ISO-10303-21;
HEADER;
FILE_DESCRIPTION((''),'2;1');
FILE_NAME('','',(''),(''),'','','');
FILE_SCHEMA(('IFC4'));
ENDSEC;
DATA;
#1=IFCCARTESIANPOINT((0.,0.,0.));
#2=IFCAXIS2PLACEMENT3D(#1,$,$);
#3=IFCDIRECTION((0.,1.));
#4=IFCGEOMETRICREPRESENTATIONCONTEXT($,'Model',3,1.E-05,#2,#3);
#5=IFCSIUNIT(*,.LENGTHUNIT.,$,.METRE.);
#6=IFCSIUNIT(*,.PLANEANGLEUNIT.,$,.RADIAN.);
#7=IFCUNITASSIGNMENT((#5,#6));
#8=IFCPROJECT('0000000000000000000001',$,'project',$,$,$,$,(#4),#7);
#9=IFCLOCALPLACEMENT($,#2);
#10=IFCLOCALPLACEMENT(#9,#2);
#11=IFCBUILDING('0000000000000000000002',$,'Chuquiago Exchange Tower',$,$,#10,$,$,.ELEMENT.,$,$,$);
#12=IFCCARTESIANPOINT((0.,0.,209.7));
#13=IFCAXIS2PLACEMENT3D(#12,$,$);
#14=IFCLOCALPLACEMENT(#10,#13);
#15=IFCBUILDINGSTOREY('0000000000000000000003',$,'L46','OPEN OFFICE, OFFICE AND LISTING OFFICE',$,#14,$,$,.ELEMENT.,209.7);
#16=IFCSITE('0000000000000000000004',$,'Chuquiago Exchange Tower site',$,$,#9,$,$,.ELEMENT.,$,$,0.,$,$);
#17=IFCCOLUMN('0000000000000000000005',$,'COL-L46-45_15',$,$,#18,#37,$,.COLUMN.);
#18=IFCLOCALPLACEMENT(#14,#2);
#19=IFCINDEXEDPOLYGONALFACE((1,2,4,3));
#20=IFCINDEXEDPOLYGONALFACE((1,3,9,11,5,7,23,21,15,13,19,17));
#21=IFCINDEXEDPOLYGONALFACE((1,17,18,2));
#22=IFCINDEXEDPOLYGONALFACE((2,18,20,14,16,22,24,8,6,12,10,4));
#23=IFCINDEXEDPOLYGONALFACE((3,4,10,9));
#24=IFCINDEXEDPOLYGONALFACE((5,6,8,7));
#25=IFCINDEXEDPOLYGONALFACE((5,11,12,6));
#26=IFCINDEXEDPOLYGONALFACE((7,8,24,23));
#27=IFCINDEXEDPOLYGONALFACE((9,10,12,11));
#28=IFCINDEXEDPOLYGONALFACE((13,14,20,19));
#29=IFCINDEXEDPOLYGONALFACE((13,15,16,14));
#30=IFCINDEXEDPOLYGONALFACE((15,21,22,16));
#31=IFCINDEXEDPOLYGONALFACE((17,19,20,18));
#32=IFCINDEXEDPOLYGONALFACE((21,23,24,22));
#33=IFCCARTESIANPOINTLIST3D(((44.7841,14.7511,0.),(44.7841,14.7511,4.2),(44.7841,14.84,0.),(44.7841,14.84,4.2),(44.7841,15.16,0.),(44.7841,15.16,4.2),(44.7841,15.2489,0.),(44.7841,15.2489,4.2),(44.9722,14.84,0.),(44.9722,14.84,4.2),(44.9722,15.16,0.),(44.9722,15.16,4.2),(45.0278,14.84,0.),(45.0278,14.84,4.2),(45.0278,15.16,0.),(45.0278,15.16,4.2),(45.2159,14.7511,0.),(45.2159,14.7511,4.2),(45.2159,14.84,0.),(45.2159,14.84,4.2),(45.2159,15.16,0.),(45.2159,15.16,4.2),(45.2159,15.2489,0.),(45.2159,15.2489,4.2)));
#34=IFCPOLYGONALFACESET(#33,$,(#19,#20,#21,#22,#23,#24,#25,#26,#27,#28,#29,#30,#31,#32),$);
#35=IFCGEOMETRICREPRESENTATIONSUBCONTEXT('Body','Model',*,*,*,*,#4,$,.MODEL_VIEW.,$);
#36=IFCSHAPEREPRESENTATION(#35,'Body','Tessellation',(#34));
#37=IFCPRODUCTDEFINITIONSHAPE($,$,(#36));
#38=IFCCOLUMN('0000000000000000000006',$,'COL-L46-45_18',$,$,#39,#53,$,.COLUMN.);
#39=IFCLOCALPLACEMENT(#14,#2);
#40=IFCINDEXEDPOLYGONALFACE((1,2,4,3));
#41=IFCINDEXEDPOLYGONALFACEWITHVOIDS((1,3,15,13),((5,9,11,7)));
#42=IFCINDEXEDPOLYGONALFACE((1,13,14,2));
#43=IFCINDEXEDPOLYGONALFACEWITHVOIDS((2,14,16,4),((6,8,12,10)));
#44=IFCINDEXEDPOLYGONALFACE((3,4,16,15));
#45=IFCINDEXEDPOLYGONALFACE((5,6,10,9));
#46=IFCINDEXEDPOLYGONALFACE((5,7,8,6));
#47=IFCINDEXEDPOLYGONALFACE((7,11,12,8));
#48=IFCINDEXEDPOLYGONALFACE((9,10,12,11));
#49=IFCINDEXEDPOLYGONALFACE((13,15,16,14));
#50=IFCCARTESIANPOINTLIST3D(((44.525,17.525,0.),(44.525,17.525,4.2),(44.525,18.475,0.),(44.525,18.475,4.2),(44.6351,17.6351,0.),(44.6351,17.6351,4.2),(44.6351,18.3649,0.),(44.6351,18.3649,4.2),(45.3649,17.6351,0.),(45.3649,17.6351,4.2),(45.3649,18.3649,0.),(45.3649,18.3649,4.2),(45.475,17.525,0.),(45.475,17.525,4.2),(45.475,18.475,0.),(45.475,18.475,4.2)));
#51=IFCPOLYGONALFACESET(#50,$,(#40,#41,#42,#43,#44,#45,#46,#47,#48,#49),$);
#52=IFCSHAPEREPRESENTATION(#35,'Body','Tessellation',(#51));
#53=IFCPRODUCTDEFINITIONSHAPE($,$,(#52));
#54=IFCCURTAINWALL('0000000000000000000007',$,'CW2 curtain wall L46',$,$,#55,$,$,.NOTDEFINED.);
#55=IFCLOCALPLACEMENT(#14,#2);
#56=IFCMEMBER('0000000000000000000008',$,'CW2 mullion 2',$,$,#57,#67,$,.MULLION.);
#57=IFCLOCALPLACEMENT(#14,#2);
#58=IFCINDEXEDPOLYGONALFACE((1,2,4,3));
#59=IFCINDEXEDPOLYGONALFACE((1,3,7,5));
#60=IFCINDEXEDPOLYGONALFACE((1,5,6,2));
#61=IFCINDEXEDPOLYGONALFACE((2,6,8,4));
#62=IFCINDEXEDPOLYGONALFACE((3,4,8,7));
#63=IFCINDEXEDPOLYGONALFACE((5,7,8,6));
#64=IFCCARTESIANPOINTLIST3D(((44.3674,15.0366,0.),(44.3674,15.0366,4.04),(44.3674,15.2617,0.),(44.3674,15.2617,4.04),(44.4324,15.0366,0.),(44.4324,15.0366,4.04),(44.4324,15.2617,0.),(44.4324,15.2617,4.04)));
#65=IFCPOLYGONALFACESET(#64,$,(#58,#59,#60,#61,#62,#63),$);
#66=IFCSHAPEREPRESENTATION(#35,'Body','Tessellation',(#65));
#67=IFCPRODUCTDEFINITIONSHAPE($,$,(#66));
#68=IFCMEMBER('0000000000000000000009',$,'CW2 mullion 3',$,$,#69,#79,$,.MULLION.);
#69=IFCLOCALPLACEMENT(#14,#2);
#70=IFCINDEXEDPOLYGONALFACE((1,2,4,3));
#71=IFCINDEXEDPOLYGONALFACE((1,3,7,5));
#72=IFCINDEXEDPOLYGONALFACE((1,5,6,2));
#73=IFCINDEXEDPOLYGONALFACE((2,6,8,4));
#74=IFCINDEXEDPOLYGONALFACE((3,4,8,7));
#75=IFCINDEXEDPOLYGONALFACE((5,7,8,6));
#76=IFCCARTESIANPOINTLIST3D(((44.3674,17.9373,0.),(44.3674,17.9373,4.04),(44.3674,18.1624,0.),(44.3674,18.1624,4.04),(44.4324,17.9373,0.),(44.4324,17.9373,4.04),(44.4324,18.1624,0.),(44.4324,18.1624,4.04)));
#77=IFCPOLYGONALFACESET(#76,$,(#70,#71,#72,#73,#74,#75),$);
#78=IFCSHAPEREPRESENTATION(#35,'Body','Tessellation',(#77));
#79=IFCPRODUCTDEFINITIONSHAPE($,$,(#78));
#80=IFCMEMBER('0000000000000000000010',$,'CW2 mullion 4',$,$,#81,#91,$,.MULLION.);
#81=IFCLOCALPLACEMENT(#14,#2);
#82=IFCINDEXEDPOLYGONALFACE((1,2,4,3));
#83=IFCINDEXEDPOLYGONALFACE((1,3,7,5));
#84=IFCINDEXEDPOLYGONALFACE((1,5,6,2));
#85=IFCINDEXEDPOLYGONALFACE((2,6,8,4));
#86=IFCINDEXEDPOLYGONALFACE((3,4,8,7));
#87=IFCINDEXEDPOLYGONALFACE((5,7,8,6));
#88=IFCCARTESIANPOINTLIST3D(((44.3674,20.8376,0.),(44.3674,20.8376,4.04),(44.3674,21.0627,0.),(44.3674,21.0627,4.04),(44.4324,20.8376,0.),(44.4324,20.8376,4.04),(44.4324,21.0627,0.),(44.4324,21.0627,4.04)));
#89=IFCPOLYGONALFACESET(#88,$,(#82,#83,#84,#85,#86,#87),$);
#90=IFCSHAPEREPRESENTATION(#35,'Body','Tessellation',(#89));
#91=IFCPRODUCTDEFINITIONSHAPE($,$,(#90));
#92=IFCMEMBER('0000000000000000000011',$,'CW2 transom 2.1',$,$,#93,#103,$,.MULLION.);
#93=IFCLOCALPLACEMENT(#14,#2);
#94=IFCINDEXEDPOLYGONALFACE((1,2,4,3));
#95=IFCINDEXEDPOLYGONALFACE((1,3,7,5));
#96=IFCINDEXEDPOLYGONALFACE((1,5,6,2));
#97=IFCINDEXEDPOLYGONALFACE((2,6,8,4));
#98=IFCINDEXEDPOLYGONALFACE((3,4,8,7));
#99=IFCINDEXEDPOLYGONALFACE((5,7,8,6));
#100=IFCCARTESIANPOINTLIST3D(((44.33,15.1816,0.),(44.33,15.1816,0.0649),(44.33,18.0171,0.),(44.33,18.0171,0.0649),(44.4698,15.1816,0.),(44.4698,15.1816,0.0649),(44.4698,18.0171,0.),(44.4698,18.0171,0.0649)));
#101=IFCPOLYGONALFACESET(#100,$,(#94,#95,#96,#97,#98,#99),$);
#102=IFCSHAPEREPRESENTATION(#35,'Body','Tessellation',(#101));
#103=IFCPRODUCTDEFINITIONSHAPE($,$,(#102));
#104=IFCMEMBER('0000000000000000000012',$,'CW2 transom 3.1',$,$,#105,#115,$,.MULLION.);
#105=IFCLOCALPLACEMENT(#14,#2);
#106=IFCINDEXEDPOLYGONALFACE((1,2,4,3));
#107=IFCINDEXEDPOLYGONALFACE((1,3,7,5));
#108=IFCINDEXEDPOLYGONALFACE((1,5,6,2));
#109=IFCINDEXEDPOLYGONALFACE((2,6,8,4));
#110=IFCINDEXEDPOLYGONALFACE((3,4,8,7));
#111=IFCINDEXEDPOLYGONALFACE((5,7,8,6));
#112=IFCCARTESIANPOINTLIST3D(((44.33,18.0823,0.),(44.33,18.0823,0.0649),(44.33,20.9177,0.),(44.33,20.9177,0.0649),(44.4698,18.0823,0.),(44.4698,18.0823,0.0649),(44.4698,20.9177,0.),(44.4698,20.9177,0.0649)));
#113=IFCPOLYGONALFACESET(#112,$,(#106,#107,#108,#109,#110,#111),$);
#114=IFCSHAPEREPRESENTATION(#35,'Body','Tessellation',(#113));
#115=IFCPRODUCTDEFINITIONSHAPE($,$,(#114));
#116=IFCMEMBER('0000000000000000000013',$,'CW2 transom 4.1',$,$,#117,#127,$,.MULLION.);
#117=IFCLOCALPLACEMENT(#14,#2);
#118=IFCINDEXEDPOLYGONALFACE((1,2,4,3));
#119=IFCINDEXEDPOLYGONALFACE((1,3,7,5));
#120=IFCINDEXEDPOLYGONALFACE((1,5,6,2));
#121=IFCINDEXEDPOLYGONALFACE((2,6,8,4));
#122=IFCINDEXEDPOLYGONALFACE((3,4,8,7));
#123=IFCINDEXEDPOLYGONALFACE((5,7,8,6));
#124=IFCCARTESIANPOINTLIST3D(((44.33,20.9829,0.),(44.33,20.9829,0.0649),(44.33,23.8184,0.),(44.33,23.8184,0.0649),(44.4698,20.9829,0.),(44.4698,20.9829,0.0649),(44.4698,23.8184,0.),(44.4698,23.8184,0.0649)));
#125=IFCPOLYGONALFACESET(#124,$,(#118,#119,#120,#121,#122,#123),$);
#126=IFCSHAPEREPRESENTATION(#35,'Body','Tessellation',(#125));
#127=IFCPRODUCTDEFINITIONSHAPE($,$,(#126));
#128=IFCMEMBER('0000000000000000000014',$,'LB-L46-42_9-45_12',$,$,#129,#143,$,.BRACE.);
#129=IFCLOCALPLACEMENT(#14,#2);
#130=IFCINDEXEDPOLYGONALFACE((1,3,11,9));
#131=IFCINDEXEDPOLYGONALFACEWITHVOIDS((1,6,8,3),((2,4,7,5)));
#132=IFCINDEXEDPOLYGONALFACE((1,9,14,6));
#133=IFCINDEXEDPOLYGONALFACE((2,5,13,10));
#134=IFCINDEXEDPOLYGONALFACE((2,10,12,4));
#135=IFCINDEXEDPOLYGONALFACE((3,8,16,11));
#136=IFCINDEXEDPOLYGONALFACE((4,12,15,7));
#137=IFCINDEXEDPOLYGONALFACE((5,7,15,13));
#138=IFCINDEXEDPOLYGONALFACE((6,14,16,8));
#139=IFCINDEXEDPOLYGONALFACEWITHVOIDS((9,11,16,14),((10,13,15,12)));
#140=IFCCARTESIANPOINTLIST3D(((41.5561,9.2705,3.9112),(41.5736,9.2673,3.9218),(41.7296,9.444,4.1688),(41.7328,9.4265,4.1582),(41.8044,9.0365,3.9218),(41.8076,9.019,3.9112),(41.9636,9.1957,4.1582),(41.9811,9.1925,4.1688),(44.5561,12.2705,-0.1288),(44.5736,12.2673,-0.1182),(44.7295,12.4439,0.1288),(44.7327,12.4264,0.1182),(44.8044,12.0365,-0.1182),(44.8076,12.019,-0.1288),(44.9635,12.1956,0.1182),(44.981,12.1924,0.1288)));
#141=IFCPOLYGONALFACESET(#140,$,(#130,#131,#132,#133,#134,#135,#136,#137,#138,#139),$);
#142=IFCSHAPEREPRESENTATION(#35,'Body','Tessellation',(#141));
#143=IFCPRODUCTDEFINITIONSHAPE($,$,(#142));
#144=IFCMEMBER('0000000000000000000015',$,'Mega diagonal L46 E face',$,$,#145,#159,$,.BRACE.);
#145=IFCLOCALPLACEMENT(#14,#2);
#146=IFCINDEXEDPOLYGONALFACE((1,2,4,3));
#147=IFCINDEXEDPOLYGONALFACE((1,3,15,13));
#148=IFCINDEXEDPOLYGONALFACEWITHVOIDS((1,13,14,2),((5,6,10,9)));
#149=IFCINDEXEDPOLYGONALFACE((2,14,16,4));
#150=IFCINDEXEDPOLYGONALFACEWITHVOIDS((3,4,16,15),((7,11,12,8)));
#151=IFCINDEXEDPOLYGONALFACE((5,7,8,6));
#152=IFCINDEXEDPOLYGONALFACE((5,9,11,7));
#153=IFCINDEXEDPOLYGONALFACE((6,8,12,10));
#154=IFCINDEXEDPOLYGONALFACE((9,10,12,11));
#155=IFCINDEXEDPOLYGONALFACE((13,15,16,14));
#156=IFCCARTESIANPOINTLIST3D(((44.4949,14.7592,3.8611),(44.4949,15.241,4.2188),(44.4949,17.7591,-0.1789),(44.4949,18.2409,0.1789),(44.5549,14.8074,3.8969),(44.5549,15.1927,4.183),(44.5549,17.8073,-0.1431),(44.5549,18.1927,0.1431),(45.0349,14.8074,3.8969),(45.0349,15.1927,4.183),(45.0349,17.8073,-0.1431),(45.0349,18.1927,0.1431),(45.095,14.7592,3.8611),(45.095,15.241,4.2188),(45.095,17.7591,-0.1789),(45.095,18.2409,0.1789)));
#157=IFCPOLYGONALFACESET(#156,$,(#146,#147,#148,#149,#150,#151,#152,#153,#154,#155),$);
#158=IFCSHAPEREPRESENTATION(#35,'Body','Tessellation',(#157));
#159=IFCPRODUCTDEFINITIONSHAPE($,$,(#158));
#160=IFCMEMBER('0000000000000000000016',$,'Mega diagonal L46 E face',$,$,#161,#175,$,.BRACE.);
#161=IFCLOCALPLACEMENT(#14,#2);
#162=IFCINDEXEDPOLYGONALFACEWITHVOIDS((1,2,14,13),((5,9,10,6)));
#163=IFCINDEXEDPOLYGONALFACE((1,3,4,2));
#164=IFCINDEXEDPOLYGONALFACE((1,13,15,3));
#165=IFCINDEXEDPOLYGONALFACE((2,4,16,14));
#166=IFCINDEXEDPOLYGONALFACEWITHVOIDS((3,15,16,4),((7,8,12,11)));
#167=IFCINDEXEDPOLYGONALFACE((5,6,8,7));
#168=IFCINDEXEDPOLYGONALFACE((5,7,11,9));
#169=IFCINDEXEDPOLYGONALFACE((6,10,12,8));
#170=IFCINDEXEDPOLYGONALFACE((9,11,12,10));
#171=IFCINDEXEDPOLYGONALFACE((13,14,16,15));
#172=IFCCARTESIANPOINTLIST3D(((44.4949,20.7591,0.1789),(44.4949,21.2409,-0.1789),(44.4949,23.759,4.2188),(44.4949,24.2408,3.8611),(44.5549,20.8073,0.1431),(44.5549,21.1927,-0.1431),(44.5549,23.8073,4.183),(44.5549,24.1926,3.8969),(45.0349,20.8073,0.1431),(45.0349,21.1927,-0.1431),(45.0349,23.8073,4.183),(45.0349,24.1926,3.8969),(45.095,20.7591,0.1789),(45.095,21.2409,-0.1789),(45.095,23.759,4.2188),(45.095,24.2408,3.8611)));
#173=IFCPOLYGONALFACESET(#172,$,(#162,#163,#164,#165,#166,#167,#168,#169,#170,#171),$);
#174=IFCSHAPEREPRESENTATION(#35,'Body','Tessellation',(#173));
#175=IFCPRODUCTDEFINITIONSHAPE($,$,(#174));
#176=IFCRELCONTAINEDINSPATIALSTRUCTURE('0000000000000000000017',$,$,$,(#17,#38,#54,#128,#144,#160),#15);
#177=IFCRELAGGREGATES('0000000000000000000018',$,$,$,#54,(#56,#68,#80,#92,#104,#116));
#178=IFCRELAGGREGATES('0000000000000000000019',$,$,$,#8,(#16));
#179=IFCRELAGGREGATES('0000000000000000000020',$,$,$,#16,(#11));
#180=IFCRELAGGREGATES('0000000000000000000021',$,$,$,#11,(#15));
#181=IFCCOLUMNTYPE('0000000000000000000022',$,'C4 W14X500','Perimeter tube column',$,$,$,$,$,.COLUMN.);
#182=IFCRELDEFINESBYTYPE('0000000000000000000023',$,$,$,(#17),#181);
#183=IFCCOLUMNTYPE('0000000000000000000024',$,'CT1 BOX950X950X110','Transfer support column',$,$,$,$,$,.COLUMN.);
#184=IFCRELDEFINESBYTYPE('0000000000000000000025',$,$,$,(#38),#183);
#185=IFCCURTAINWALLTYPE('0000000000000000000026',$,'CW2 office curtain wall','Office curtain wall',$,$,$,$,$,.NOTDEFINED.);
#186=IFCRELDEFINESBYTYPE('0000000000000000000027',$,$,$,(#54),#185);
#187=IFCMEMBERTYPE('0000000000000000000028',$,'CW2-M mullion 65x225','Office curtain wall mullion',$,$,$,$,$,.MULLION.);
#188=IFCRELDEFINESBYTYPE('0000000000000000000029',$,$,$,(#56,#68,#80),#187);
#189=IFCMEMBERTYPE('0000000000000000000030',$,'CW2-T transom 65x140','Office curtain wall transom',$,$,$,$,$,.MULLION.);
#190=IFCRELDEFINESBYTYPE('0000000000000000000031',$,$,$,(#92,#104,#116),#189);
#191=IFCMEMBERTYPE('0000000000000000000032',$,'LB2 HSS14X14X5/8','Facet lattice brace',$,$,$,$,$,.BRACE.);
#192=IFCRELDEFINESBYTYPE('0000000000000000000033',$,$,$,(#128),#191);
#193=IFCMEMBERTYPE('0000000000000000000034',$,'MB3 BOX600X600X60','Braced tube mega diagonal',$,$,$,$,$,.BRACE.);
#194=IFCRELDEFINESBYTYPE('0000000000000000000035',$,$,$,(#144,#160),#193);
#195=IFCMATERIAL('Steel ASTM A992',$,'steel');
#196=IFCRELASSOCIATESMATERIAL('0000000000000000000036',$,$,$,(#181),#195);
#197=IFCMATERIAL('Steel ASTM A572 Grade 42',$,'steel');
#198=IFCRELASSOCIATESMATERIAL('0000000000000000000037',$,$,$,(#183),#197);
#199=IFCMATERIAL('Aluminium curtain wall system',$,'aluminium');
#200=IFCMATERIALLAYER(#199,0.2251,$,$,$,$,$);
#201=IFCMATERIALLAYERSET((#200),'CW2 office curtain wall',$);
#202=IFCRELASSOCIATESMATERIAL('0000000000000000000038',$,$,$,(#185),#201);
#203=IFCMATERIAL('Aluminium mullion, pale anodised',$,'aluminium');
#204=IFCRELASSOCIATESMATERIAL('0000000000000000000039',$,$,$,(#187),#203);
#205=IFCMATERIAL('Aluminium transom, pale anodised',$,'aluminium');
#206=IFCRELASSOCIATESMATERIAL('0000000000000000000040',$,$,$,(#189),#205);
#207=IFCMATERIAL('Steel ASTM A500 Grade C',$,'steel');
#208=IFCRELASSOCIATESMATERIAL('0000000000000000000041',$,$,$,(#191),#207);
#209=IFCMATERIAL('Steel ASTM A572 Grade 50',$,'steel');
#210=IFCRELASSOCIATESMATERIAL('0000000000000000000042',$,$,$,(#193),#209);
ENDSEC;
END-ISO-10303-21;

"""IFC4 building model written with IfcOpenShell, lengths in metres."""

from ifc_helpers import new_model, si_unit, direction, frame, origin, origin_2d, place, context, subcontext, project, spatial, rectangle, hollow_rectangle, i_section, extrude, material, layer, layer_set, material_profile, profile_set, type_object, element, aggregate, save


model = new_model("IFC4")

# Units and contexts
model_context = context("Model", 3, precision=1e-05, world=origin(), true_north=direction((0.0, 1.0)))
body_context = subcontext(model_context, "Body", "Model", "MODEL_VIEW")
ifc_project = project(units=[si_unit("LENGTHUNIT", "METRE"), si_unit("PLANEANGLEUNIT", "RADIAN")], contexts=[model_context])

# Site, building, storey
site_placement = place(None, origin())
site = spatial("IfcSite", under=ifc_project, at=site_placement, Name="Chuquiago Exchange Tower site", CompositionType="ELEMENT", RefElevation=0.0)
building_placement = place(site_placement, origin())
building = spatial("IfcBuilding", under=site, at=building_placement, Name="Chuquiago Exchange Tower", CompositionType="ELEMENT")
storey_placement = place(building_placement, frame((0.0, 0.0, 209.7)))
storey = spatial("IfcBuildingStorey", under=building, at=storey_placement, Name="L46", Description="OPEN OFFICE, OFFICE AND LISTING OFFICE", CompositionType="ELEMENT", Elevation=209.7)

# Columns
ifc_material_1 = material(Name="Steel ASTM A992", Category="steel")
ifc_material_profile_1 = material_profile(ifc_material_1, i_section(OverallWidth=0.4319, OverallDepth=0.4978, WebThickness=0.0557, FlangeThickness=0.0889, at=origin_2d()), Name="W14X500")
ifc_profile_set_1 = profile_set([ifc_material_profile_1], Name="Steel ASTM A992")
column_type_1 = type_object("IfcColumnType", Name="C4 W14X500", Description="Perimeter tube column", PredefinedType="COLUMN", material=ifc_profile_set_1)
column_1_placement = place(storey_placement, frame((45.0, 15.0, 0.0), z_axis=(0.0, 0.0, 1.0), x_axis=(1.0, 0.0, 0.0)))
element("IfcColumn", 1, at=column_1_placement, inside=storey, type_object=column_type_1, Name="COL-L46-45_15", PredefinedType="COLUMN", context=body_context, shape_type="SweptSolid", body=[
    extrude(i_section(OverallWidth=0.4319, OverallDepth=0.4978, WebThickness=0.0557, FlangeThickness=0.0889, at=origin_2d()), origin(), (0.0, 0.0, 1.0), 4.2),
])
ifc_material_2 = material(Name="Steel ASTM A572 Grade 42", Category="steel")
ifc_material_profile_2 = material_profile(ifc_material_2, hollow_rectangle(XDim=0.95, YDim=0.95, WallThickness=0.1101, at=origin_2d()), Name="BOX950X950X110")
ifc_profile_set_2 = profile_set([ifc_material_profile_2], Name="Steel ASTM A572 Grade 42")
column_type_2 = type_object("IfcColumnType", Name="CT1 BOX950X950X110", Description="Transfer support column", PredefinedType="COLUMN", material=ifc_profile_set_2)
column_2_placement = place(storey_placement, frame((45.0, 18.0, 0.0), z_axis=(0.0, 0.0, 1.0), x_axis=(1.0, 0.0, 0.0)))
element("IfcColumn", 2, at=column_2_placement, inside=storey, type_object=column_type_2, Name="COL-L46-45_18", PredefinedType="COLUMN", context=body_context, shape_type="SweptSolid", body=[
    extrude(hollow_rectangle(XDim=0.95, YDim=0.95, WallThickness=0.1101, at=origin_2d()), origin(), (0.0, 0.0, 1.0), 4.2),
])

# Curtain wall, members
ifc_material_3 = material(Name="Aluminium curtain wall system", Category="aluminium")
ifc_layer_1 = layer(ifc_material_3, 0.2251)
ifc_layer_set_1 = layer_set([ifc_layer_1], Name="CW2 office curtain wall")
curtain_wall_type = type_object("IfcCurtainWallType", Name="CW2 office curtain wall", Description="Office curtain wall", PredefinedType="NOTDEFINED", material=ifc_layer_set_1)
curtain_wall_placement = place(storey_placement, origin())
curtain_wall = element("IfcCurtainWall", 3, at=curtain_wall_placement, inside=storey, type_object=curtain_wall_type, Name="CW2 curtain wall L46", PredefinedType="NOTDEFINED")
ifc_material_4 = material(Name="Aluminium mullion, pale anodised", Category="aluminium")
ifc_material_profile_3 = material_profile(ifc_material_4, rectangle(XDim=0.0649, YDim=0.2251, at=origin_2d()), Name="AL 65x225")
ifc_profile_set_3 = profile_set([ifc_material_profile_3], Name="Aluminium mullion, pale anodised")
member_type_1 = type_object("IfcMemberType", Name="CW2-M mullion 65x225", Description="Office curtain wall mullion", PredefinedType="MULLION", material=ifc_profile_set_3)
member_1_placement = place(storey_placement, frame((44.3999, 15.1492, 0.0), z_axis=(0.0, 0.0, 1.0), x_axis=(-1.0, 0.0, 0.0)))
member_1 = element("IfcMember", 4, at=member_1_placement, type_object=member_type_1, Name="CW2 mullion 2", PredefinedType="MULLION", context=body_context, shape_type="SweptSolid", body=[
    extrude(rectangle(XDim=0.0649, YDim=0.2251, at=origin_2d()), origin(), (0.0, 0.0, 1.0), 4.04),
])
member_2_placement = place(storey_placement, frame((44.3999, 18.0498, 0.0), z_axis=(0.0, 0.0, 1.0), x_axis=(-1.0, 0.0, 0.0)))
member_2 = element("IfcMember", 5, at=member_2_placement, type_object=member_type_1, Name="CW2 mullion 3", PredefinedType="MULLION", context=body_context, shape_type="SweptSolid", body=[
    extrude(rectangle(XDim=0.0649, YDim=0.2251, at=origin_2d()), origin(), (0.0, 0.0, 1.0), 4.04),
])
member_3_placement = place(storey_placement, frame((44.3999, 20.9502, 0.0), z_axis=(0.0, 0.0, 1.0), x_axis=(-1.0, 0.0, 0.0)))
member_3 = element("IfcMember", 6, at=member_3_placement, type_object=member_type_1, Name="CW2 mullion 4", PredefinedType="MULLION", context=body_context, shape_type="SweptSolid", body=[
    extrude(rectangle(XDim=0.0649, YDim=0.2251, at=origin_2d()), origin(), (0.0, 0.0, 1.0), 4.04),
])
ifc_material_5 = material(Name="Aluminium transom, pale anodised", Category="aluminium")
ifc_material_profile_4 = material_profile(ifc_material_5, rectangle(XDim=0.1399, YDim=0.0649, at=origin_2d()), Name="AL 140x65")
ifc_profile_set_4 = profile_set([ifc_material_profile_4], Name="Aluminium transom, pale anodised")
member_type_2 = type_object("IfcMemberType", Name="CW2-T transom 65x140", Description="Office curtain wall transom", PredefinedType="MULLION", material=ifc_profile_set_4)
member_4_placement = place(storey_placement, frame((44.3999, 15.1816, 0.0325), z_axis=(0.0, 1.0, 0.0), x_axis=(-1.0, 0.0, 0.0)))
member_4 = element("IfcMember", 7, at=member_4_placement, type_object=member_type_2, Name="CW2 transom 2.1", PredefinedType="MULLION", context=body_context, shape_type="SweptSolid", body=[
    extrude(rectangle(XDim=0.1399, YDim=0.0649, at=origin_2d()), origin(), (0.0, 0.0, 1.0), 2.8354),
])
member_5_placement = place(storey_placement, frame((44.3999, 18.0823, 0.0325), z_axis=(0.0, 1.0, 0.0), x_axis=(-1.0, 0.0, 0.0)))
member_5 = element("IfcMember", 8, at=member_5_placement, type_object=member_type_2, Name="CW2 transom 3.1", PredefinedType="MULLION", context=body_context, shape_type="SweptSolid", body=[
    extrude(rectangle(XDim=0.1399, YDim=0.0649, at=origin_2d()), origin(), (0.0, 0.0, 1.0), 2.8354),
])
member_6_placement = place(storey_placement, frame((44.3999, 20.9829, 0.0325), z_axis=(0.0, 1.0, 0.0), x_axis=(-1.0, 0.0, 0.0)))
member_6 = element("IfcMember", 9, at=member_6_placement, type_object=member_type_2, Name="CW2 transom 4.1", PredefinedType="MULLION", context=body_context, shape_type="SweptSolid", body=[
    extrude(rectangle(XDim=0.1399, YDim=0.0649, at=origin_2d()), origin(), (0.0, 0.0, 1.0), 2.8354),
])

# Members
ifc_material_6 = material(Name="Steel ASTM A500 Grade C", Category="steel")
ifc_material_profile_5 = material_profile(ifc_material_6, hollow_rectangle(XDim=0.3557, YDim=0.3557, WallThickness=0.0146, at=origin_2d()), Name="HSS14X14X5/8")
ifc_profile_set_5 = profile_set([ifc_material_profile_5], Name="Steel ASTM A500 Grade C")
member_type_3 = type_object("IfcMemberType", Name="LB2 HSS14X14X5/8", Description="Facet lattice brace", PredefinedType="BRACE", material=ifc_profile_set_5)
member_7_placement = place(storey_placement, frame((44.7686, 12.2314, 0.0), z_axis=(-0.512077, -0.512077, 0.689604), x_axis=(0.707107, -0.707107, 0.0)))
element("IfcMember", 10, at=member_7_placement, inside=storey, type_object=member_type_3, Name="LB-L46-42_9-45_12", PredefinedType="BRACE", context=body_context, shape_type="SweptSolid", body=[
    extrude(hollow_rectangle(XDim=0.3557, YDim=0.3557, WallThickness=0.0146, at=origin_2d()), origin(), (0.0, 0.0, 1.0), 5.8584),
])
ifc_material_7 = material(Name="Steel ASTM A572 Grade 50", Category="steel")
ifc_material_profile_6 = material_profile(ifc_material_7, hollow_rectangle(XDim=0.6001, YDim=0.6001, WallThickness=0.0601, at=origin_2d()), Name="BOX600X600X60")
ifc_profile_set_6 = profile_set([ifc_material_profile_6], Name="Steel ASTM A572 Grade 50")
member_type_4 = type_object("IfcMemberType", Name="MB3 BOX600X600X60", Description="Braced tube mega diagonal", PredefinedType="BRACE", material=ifc_profile_set_6)
for number, where, z_axis, x_axis, name in (
    (11, (44.7949, 18.0, 0.0), (0.0, -0.596174, 0.802855), (1.0, 0.0, 0.0), "Mega diagonal L46 E face"),
    (12, (44.7949, 21.0, 0.0), (0.0, 0.596174, 0.802855), (-1.0, 0.0, 0.0), "Mega diagonal L46 E face"),
):
    element("IfcMember", number, at=place(storey_placement, frame(where, z_axis=z_axis, x_axis=x_axis)), inside=storey, type_object=member_type_4, Name=name, PredefinedType="BRACE", context=body_context, shape_type="SweptSolid", body=[
        extrude(hollow_rectangle(XDim=0.6001, YDim=0.6001, WallThickness=0.0601, at=origin_2d()), origin(), (0.0, 0.0, 1.0), 5.032),
    ])

aggregate(curtain_wall, [member_1, member_2, member_3, member_4, member_5, member_6])

save(model, "model.ifc")
